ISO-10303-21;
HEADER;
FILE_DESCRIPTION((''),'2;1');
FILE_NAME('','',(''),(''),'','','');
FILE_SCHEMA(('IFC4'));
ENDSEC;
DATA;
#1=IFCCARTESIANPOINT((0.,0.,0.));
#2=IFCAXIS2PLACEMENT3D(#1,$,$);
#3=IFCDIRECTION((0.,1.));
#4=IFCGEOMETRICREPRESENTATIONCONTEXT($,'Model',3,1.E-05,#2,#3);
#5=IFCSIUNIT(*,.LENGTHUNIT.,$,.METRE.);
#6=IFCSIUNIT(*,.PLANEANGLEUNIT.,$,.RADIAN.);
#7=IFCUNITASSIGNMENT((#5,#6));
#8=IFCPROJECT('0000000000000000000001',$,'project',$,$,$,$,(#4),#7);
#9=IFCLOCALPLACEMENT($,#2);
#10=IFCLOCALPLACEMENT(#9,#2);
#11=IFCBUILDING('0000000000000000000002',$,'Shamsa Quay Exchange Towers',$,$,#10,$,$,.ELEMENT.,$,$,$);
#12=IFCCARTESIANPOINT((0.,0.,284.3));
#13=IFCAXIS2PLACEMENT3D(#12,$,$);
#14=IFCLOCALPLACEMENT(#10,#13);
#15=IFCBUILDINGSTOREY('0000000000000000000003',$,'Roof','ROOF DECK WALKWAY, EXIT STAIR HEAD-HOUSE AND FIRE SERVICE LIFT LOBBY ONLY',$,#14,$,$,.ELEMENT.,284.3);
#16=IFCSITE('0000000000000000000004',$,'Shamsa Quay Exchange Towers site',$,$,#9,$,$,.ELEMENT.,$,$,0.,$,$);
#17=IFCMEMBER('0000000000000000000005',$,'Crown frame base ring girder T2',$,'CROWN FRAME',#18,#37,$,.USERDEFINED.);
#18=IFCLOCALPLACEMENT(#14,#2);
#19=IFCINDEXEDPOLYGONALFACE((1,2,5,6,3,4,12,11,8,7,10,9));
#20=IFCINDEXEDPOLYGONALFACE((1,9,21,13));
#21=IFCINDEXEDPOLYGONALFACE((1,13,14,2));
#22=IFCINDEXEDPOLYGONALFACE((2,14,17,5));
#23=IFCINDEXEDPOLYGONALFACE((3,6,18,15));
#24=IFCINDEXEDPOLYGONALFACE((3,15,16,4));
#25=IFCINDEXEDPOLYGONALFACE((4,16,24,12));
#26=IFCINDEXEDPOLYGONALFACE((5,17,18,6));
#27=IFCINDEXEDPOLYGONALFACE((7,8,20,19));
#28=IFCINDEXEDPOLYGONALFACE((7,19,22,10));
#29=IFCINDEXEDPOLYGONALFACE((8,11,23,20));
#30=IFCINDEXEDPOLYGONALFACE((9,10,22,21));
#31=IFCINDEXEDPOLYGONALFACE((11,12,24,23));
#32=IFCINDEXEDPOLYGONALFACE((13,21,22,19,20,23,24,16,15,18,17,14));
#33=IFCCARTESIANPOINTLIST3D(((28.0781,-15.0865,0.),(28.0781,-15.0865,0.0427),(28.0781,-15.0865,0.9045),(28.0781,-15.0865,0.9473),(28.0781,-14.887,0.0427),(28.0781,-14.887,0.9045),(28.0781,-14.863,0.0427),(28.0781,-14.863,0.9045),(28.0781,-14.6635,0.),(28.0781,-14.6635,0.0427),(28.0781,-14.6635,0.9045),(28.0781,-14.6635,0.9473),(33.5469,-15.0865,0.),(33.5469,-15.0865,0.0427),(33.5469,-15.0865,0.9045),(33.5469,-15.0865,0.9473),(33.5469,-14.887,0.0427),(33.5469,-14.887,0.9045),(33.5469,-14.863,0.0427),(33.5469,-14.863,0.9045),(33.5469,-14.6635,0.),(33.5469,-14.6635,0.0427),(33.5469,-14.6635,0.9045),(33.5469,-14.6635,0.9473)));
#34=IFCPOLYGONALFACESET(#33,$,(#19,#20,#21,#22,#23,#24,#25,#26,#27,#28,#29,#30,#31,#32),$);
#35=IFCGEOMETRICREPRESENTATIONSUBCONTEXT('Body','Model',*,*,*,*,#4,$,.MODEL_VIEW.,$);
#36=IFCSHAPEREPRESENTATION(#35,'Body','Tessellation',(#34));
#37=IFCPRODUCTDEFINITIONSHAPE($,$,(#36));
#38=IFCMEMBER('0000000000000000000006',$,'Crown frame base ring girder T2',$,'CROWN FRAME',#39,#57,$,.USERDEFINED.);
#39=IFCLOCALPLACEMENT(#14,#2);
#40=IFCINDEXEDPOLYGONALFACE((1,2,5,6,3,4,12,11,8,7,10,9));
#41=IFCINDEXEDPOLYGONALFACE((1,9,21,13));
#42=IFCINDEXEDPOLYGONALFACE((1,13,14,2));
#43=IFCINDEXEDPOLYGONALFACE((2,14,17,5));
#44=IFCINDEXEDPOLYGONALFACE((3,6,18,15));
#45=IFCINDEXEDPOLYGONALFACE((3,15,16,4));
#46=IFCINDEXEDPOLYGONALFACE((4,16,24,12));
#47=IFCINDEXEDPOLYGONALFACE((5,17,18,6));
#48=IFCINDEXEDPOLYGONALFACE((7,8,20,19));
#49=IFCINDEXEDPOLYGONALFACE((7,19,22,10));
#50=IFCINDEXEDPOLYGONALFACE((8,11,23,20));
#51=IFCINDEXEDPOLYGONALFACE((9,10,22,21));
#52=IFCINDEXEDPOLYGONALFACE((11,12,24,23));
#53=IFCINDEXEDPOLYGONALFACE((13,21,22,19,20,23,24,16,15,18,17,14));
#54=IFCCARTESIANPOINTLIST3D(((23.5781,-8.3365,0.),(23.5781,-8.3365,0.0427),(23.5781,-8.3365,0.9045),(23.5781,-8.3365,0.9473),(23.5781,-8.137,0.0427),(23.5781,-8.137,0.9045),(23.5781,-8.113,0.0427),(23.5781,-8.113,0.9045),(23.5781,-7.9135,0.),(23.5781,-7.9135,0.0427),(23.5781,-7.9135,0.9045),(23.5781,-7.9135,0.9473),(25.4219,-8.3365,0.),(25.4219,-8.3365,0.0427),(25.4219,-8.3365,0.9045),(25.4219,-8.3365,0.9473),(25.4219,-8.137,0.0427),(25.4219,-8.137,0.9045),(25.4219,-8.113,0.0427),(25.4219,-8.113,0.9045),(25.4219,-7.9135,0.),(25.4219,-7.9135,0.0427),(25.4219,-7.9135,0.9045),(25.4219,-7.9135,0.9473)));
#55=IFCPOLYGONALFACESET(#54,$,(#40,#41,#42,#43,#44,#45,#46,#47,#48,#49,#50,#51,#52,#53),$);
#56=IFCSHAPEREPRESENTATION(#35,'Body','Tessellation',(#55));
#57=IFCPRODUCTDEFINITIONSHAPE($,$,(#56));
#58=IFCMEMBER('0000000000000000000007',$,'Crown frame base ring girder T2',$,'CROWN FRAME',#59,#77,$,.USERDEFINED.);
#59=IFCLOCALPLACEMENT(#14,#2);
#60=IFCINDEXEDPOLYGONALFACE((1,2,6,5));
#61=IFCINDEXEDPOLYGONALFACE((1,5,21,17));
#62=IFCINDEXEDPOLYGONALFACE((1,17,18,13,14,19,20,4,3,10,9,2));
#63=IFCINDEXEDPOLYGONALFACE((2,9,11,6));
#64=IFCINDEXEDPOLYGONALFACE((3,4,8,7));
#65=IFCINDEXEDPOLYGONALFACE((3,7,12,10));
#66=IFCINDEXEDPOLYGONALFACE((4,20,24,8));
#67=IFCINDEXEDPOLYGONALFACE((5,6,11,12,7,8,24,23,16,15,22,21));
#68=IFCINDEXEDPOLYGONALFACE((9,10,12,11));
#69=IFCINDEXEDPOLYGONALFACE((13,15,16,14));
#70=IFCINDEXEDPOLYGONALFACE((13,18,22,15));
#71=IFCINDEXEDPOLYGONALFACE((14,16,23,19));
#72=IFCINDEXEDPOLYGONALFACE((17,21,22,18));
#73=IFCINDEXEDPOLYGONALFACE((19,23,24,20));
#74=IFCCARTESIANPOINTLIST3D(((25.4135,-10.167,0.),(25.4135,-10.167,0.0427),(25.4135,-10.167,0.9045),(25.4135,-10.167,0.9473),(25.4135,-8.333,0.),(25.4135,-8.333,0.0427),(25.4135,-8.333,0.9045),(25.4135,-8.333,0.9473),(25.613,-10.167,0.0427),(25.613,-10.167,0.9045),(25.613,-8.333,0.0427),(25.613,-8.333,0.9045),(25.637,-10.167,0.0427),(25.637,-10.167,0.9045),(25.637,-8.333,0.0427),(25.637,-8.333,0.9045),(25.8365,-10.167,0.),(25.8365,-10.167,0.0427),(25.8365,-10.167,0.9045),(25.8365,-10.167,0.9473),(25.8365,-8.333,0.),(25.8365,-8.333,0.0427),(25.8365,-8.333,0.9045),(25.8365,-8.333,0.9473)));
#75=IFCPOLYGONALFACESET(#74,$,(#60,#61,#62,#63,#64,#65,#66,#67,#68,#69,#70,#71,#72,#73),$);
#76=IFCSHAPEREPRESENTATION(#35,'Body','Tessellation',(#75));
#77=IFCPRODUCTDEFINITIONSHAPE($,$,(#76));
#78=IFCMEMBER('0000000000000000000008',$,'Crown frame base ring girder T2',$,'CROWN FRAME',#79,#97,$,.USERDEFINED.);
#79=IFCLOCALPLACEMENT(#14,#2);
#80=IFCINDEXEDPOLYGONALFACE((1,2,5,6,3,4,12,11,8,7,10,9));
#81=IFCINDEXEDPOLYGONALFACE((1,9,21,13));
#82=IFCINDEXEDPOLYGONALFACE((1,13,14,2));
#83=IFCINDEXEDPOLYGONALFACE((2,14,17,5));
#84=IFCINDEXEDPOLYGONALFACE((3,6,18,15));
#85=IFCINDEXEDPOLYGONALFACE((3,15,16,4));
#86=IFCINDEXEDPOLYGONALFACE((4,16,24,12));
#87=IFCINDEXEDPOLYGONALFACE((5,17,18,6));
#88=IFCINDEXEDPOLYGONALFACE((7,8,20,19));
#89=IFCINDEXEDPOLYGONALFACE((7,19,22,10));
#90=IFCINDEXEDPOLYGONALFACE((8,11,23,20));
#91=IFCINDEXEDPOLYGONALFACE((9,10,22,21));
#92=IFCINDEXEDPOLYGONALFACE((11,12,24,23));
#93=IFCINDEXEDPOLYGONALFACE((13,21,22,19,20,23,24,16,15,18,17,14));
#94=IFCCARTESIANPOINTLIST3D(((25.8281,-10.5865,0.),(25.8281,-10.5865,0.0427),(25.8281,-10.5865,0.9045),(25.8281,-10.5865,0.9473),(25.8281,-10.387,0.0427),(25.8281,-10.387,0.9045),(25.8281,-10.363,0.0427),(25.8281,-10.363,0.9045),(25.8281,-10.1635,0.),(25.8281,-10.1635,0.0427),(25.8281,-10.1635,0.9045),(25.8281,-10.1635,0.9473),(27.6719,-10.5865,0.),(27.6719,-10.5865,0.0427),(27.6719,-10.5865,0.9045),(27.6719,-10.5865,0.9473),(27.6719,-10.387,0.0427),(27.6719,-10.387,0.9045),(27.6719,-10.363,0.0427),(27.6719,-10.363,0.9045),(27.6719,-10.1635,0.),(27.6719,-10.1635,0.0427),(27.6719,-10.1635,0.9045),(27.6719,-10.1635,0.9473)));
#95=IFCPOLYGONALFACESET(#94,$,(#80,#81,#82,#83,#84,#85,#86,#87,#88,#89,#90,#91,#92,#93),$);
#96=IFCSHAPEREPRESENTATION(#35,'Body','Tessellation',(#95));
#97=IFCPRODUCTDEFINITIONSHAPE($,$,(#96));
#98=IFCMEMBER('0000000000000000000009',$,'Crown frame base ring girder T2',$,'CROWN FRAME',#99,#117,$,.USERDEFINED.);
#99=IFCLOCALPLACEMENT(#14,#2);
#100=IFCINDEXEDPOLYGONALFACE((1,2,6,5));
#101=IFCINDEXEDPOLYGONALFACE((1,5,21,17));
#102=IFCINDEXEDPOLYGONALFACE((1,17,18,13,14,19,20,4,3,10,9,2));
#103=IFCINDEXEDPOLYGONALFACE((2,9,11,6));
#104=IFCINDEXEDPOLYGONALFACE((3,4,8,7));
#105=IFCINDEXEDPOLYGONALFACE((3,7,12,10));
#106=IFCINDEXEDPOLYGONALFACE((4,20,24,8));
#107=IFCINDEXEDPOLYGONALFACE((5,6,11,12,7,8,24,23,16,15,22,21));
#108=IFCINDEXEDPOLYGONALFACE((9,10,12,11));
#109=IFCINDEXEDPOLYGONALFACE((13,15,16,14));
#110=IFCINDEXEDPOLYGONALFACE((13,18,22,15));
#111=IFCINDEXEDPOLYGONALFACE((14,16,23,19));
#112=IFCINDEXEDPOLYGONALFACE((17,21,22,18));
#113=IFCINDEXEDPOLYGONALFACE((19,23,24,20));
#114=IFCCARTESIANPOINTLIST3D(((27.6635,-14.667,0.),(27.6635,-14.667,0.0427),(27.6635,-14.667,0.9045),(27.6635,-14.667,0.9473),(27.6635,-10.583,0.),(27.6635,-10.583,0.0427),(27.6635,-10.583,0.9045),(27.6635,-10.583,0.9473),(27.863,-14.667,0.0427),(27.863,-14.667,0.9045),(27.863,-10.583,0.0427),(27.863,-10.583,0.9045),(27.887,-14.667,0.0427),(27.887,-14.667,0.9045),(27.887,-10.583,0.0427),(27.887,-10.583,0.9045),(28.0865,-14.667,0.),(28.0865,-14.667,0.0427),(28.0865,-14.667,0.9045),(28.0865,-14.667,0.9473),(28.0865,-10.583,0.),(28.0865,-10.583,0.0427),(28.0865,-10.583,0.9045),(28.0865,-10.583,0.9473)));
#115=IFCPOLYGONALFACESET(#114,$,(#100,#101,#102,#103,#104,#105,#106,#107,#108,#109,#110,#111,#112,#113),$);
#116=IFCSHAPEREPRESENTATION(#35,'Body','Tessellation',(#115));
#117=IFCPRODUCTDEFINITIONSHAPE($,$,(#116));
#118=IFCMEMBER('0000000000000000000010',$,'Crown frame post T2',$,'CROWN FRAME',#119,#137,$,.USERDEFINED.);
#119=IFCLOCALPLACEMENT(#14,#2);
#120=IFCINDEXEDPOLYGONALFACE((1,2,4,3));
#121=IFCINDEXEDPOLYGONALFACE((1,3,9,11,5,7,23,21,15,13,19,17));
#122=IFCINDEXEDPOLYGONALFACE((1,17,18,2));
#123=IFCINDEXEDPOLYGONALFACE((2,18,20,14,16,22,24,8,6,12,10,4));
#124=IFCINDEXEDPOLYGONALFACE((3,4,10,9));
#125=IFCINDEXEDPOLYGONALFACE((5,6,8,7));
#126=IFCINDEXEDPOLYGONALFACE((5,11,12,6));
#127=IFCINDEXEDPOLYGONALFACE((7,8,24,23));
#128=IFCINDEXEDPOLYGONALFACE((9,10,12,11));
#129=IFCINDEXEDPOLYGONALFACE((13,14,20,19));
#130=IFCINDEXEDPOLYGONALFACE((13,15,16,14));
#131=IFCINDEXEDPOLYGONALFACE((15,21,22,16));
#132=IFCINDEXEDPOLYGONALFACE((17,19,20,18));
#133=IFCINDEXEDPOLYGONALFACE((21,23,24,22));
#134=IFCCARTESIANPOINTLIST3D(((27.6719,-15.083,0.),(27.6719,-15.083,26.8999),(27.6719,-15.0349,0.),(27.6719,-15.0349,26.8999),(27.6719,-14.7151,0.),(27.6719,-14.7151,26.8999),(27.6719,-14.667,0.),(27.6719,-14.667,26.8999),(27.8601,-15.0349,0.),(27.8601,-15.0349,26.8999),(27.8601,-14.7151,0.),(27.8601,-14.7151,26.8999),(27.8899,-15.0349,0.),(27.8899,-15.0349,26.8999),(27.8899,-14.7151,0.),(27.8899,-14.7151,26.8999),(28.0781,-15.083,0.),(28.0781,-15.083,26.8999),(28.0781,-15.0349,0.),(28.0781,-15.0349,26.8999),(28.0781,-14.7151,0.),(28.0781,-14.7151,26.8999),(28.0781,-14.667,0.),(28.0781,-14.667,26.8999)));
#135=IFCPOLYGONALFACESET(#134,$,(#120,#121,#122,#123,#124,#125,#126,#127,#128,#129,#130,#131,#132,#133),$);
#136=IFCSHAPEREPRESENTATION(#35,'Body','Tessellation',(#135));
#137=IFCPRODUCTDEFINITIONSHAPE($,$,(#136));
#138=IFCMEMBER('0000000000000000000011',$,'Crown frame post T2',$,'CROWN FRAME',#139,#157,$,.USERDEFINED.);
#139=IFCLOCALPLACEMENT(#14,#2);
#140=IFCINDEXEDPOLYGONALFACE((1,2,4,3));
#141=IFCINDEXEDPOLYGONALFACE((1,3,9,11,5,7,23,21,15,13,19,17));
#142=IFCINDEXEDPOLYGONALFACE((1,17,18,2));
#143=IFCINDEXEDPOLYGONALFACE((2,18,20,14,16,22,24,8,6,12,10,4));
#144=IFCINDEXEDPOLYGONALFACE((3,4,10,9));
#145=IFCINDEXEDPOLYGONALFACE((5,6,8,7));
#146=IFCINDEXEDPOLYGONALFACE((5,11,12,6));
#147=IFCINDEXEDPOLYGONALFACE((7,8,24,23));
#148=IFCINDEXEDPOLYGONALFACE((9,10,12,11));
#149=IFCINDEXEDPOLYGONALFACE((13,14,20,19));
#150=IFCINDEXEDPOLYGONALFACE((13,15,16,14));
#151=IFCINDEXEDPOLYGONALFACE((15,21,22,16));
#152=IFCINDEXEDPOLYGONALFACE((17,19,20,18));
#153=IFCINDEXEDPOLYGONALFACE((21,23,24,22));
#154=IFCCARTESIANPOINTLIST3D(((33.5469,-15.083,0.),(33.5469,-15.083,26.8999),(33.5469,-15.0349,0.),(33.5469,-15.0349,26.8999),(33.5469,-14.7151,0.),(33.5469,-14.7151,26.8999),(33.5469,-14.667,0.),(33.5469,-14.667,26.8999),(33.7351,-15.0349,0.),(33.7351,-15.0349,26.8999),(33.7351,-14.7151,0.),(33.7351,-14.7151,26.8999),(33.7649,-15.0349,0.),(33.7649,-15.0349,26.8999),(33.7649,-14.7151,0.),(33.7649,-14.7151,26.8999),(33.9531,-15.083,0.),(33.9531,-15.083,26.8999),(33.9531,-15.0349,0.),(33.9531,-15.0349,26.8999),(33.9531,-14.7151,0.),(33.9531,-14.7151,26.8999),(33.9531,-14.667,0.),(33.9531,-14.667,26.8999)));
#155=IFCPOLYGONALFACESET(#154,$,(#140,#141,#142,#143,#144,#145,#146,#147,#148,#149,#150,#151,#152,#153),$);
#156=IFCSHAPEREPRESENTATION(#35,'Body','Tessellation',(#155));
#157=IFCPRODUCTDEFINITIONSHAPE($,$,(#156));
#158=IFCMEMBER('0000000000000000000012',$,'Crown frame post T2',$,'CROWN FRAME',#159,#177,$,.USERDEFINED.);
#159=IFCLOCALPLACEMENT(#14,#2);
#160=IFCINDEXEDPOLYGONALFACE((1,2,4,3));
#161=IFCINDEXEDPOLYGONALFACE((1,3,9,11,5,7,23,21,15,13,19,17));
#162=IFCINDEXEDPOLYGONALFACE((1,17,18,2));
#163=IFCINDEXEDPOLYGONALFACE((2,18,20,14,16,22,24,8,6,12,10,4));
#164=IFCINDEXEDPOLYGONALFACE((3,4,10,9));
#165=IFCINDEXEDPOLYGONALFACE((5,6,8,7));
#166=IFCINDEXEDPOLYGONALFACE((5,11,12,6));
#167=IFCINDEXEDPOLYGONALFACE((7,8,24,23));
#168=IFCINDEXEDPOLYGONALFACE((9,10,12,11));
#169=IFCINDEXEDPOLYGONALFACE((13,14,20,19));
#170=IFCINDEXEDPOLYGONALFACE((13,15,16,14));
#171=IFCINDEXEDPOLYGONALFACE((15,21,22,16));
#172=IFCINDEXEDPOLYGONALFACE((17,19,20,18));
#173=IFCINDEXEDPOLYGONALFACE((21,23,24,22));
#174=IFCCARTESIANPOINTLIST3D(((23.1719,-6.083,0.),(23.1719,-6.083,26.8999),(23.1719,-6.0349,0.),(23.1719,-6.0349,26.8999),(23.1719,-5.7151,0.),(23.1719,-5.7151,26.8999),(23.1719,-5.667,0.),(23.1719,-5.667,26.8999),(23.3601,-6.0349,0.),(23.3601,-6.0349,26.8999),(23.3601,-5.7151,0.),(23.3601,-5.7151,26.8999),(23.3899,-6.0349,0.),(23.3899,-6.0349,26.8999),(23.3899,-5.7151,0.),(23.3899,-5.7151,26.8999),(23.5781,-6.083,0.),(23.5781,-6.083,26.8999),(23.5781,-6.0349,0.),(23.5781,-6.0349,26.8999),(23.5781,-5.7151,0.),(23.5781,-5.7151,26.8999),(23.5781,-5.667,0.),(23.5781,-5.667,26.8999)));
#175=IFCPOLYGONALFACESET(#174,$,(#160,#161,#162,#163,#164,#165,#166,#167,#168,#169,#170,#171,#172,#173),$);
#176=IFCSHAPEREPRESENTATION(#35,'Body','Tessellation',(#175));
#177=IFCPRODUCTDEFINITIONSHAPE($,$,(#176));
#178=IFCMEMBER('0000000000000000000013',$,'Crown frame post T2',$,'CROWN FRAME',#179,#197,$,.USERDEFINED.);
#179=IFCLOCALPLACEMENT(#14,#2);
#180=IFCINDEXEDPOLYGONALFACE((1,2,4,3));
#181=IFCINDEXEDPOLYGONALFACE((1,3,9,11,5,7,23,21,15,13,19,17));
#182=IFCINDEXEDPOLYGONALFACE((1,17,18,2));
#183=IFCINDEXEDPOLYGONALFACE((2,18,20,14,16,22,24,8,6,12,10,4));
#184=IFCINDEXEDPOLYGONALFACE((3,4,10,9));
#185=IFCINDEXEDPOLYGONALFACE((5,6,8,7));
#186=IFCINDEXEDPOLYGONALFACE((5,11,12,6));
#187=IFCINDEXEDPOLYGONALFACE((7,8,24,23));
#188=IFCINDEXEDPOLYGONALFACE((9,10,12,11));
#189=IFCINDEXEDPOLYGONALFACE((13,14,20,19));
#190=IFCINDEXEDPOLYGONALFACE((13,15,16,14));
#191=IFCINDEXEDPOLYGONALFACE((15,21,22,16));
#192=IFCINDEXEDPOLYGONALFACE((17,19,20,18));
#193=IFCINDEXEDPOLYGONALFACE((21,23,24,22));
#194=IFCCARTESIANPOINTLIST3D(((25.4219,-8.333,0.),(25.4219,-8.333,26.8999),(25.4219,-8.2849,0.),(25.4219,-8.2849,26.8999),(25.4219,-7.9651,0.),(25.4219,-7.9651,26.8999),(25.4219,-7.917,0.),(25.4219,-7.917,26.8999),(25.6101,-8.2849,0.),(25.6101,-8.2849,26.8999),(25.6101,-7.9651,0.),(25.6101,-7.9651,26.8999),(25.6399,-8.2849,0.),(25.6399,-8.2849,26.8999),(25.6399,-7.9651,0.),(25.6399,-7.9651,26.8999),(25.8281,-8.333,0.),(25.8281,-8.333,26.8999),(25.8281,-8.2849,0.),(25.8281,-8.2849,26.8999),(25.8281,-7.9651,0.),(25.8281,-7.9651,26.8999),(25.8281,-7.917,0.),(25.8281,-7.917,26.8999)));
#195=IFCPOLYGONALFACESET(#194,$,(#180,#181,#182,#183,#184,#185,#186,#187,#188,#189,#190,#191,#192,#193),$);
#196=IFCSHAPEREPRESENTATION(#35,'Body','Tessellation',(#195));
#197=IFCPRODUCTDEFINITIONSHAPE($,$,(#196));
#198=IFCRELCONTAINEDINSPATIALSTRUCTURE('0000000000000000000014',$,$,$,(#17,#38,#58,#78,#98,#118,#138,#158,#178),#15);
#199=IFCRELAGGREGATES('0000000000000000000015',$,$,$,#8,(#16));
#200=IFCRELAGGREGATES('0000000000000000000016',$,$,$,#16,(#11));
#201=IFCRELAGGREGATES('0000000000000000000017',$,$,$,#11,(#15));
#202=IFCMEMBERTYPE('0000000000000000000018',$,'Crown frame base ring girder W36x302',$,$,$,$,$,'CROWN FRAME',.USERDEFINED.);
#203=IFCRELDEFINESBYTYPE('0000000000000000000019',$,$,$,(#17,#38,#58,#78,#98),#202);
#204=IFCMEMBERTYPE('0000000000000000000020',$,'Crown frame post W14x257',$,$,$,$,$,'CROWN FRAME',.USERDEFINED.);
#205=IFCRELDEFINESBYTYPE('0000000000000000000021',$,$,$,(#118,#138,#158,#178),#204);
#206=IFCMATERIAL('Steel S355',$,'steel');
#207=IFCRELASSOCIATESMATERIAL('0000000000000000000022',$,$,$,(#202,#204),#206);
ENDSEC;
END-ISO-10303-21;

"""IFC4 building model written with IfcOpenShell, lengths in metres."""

from ifc_helpers import new_model, si_unit, direction, frame, origin, origin_2d, place, context, subcontext, project, spatial, i_section, extrude, material, material_profile, profile_set, type_object, element, save


model = new_model("IFC4")

# Units and contexts
model_context = context("Model", 3, precision=1e-05, world=origin(), true_north=direction((0.0, 1.0)))
body_context = subcontext(model_context, "Body", "Model", "MODEL_VIEW")
ifc_project = project(units=[si_unit("LENGTHUNIT", "METRE"), si_unit("PLANEANGLEUNIT", "RADIAN")], contexts=[model_context])

# Site, building, storey
site_placement = place(None, origin())
site = spatial("IfcSite", under=ifc_project, at=site_placement, Name="Shamsa Quay Exchange Towers site", CompositionType="ELEMENT", RefElevation=0.0)
building_placement = place(site_placement, origin())
building = spatial("IfcBuilding", under=site, at=building_placement, Name="Shamsa Quay Exchange Towers", CompositionType="ELEMENT")
storey_placement = place(building_placement, frame((0.0, 0.0, 284.3)))
storey = spatial("IfcBuildingStorey", under=building, at=storey_placement, Name="Roof", Description="ROOF DECK WALKWAY, EXIT STAIR HEAD-HOUSE AND FIRE SERVICE LIFT LOBBY ONLY", CompositionType="ELEMENT", Elevation=284.3)

# Members
ifc_material_1 = material(Name="Steel S355", Category="steel")
ifc_material_profile_1 = material_profile(ifc_material_1, i_section(OverallWidth=0.4231, OverallDepth=0.9473, WebThickness=0.0239, FlangeThickness=0.0427, at=origin_2d()), Name="W36x302")
ifc_profile_set_1 = profile_set([ifc_material_profile_1], Name="Steel S355")
member_type_1 = type_object("IfcMemberType", Name="Crown frame base ring girder W36x302", ElementType="CROWN FRAME", PredefinedType="USERDEFINED", material=ifc_profile_set_1)
member_1_placement = place(storey_placement, frame((28.0781, -14.875, 0.4736), z_axis=(1.0, 0.0, 0.0), x_axis=(0.0, 1.0, 0.0)))
element("IfcMember", 1, at=member_1_placement, inside=storey, type_object=member_type_1, Name="Crown frame base ring girder T2", ObjectType="CROWN FRAME", PredefinedType="USERDEFINED", context=body_context, shape_type="SweptSolid", body=[
    extrude(i_section(OverallWidth=0.4231, OverallDepth=0.9473, WebThickness=0.0239, FlangeThickness=0.0427, at=origin_2d()), origin(), (0.0, 0.0, 1.0), 5.4688),
])
member_2_placement = place(storey_placement, frame((23.5781, -8.125, 0.4736), z_axis=(1.0, 0.0, 0.0), x_axis=(0.0, 1.0, 0.0)))
element("IfcMember", 2, at=member_2_placement, inside=storey, type_object=member_type_1, Name="Crown frame base ring girder T2", ObjectType="CROWN FRAME", PredefinedType="USERDEFINED", context=body_context, shape_type="SweptSolid", body=[
    extrude(i_section(OverallWidth=0.4231, OverallDepth=0.9473, WebThickness=0.0239, FlangeThickness=0.0427, at=origin_2d()), origin(), (0.0, 0.0, 1.0), 1.8438),
])
member_3_placement = place(storey_placement, frame((25.625, -8.333, 0.4736), z_axis=(0.0, -1.0, 0.0), x_axis=(1.0, 0.0, 0.0)))
element("IfcMember", 3, at=member_3_placement, inside=storey, type_object=member_type_1, Name="Crown frame base ring girder T2", ObjectType="CROWN FRAME", PredefinedType="USERDEFINED", context=body_context, shape_type="SweptSolid", body=[
    extrude(i_section(OverallWidth=0.4231, OverallDepth=0.9473, WebThickness=0.0239, FlangeThickness=0.0427, at=origin_2d()), origin(), (0.0, 0.0, 1.0), 1.834),
])
member_4_placement = place(storey_placement, frame((25.8281, -10.375, 0.4736), z_axis=(1.0, 0.0, 0.0), x_axis=(0.0, 1.0, 0.0)))
element("IfcMember", 4, at=member_4_placement, inside=storey, type_object=member_type_1, Name="Crown frame base ring girder T2", ObjectType="CROWN FRAME", PredefinedType="USERDEFINED", context=body_context, shape_type="SweptSolid", body=[
    extrude(i_section(OverallWidth=0.4231, OverallDepth=0.9473, WebThickness=0.0239, FlangeThickness=0.0427, at=origin_2d()), origin(), (0.0, 0.0, 1.0), 1.8438),
])
member_5_placement = place(storey_placement, frame((27.875, -10.583, 0.4736), z_axis=(0.0, -1.0, 0.0), x_axis=(1.0, 0.0, 0.0)))
element("IfcMember", 5, at=member_5_placement, inside=storey, type_object=member_type_1, Name="Crown frame base ring girder T2", ObjectType="CROWN FRAME", PredefinedType="USERDEFINED", context=body_context, shape_type="SweptSolid", body=[
    extrude(i_section(OverallWidth=0.4231, OverallDepth=0.9473, WebThickness=0.0239, FlangeThickness=0.0427, at=origin_2d()), origin(), (0.0, 0.0, 1.0), 4.084),
])
ifc_material_profile_2 = material_profile(ifc_material_1, i_section(OverallWidth=0.4062, OverallDepth=0.416, WebThickness=0.0298, FlangeThickness=0.0481, at=origin_2d()), Name="W14x257")
ifc_profile_set_2 = profile_set([ifc_material_profile_2], Name="Steel S355")
member_type_2 = type_object("IfcMemberType", Name="Crown frame post W14x257", ElementType="CROWN FRAME", PredefinedType="USERDEFINED", material=ifc_profile_set_2)
for number, where, name in (
    (6, (27.875, -14.875, 0.0), "Crown frame post T2"),
    (7, (33.75, -14.875, 0.0), "Crown frame post T2"),
    (8, (23.375, -5.875, 0.0), "Crown frame post T2"),
    (9, (25.625, -8.125, 0.0), "Crown frame post T2"),
):
    element("IfcMember", number, at=place(storey_placement, frame(where)), inside=storey, type_object=member_type_2, Name=name, ObjectType="CROWN FRAME", PredefinedType="USERDEFINED", context=body_context, shape_type="SweptSolid", body=[
        extrude(i_section(OverallWidth=0.4062, OverallDepth=0.416, WebThickness=0.0298, FlangeThickness=0.0481, at=origin_2d()), origin(), (0.0, 0.0, 1.0), 26.8999),
    ])

save(model, "model.ifc")
